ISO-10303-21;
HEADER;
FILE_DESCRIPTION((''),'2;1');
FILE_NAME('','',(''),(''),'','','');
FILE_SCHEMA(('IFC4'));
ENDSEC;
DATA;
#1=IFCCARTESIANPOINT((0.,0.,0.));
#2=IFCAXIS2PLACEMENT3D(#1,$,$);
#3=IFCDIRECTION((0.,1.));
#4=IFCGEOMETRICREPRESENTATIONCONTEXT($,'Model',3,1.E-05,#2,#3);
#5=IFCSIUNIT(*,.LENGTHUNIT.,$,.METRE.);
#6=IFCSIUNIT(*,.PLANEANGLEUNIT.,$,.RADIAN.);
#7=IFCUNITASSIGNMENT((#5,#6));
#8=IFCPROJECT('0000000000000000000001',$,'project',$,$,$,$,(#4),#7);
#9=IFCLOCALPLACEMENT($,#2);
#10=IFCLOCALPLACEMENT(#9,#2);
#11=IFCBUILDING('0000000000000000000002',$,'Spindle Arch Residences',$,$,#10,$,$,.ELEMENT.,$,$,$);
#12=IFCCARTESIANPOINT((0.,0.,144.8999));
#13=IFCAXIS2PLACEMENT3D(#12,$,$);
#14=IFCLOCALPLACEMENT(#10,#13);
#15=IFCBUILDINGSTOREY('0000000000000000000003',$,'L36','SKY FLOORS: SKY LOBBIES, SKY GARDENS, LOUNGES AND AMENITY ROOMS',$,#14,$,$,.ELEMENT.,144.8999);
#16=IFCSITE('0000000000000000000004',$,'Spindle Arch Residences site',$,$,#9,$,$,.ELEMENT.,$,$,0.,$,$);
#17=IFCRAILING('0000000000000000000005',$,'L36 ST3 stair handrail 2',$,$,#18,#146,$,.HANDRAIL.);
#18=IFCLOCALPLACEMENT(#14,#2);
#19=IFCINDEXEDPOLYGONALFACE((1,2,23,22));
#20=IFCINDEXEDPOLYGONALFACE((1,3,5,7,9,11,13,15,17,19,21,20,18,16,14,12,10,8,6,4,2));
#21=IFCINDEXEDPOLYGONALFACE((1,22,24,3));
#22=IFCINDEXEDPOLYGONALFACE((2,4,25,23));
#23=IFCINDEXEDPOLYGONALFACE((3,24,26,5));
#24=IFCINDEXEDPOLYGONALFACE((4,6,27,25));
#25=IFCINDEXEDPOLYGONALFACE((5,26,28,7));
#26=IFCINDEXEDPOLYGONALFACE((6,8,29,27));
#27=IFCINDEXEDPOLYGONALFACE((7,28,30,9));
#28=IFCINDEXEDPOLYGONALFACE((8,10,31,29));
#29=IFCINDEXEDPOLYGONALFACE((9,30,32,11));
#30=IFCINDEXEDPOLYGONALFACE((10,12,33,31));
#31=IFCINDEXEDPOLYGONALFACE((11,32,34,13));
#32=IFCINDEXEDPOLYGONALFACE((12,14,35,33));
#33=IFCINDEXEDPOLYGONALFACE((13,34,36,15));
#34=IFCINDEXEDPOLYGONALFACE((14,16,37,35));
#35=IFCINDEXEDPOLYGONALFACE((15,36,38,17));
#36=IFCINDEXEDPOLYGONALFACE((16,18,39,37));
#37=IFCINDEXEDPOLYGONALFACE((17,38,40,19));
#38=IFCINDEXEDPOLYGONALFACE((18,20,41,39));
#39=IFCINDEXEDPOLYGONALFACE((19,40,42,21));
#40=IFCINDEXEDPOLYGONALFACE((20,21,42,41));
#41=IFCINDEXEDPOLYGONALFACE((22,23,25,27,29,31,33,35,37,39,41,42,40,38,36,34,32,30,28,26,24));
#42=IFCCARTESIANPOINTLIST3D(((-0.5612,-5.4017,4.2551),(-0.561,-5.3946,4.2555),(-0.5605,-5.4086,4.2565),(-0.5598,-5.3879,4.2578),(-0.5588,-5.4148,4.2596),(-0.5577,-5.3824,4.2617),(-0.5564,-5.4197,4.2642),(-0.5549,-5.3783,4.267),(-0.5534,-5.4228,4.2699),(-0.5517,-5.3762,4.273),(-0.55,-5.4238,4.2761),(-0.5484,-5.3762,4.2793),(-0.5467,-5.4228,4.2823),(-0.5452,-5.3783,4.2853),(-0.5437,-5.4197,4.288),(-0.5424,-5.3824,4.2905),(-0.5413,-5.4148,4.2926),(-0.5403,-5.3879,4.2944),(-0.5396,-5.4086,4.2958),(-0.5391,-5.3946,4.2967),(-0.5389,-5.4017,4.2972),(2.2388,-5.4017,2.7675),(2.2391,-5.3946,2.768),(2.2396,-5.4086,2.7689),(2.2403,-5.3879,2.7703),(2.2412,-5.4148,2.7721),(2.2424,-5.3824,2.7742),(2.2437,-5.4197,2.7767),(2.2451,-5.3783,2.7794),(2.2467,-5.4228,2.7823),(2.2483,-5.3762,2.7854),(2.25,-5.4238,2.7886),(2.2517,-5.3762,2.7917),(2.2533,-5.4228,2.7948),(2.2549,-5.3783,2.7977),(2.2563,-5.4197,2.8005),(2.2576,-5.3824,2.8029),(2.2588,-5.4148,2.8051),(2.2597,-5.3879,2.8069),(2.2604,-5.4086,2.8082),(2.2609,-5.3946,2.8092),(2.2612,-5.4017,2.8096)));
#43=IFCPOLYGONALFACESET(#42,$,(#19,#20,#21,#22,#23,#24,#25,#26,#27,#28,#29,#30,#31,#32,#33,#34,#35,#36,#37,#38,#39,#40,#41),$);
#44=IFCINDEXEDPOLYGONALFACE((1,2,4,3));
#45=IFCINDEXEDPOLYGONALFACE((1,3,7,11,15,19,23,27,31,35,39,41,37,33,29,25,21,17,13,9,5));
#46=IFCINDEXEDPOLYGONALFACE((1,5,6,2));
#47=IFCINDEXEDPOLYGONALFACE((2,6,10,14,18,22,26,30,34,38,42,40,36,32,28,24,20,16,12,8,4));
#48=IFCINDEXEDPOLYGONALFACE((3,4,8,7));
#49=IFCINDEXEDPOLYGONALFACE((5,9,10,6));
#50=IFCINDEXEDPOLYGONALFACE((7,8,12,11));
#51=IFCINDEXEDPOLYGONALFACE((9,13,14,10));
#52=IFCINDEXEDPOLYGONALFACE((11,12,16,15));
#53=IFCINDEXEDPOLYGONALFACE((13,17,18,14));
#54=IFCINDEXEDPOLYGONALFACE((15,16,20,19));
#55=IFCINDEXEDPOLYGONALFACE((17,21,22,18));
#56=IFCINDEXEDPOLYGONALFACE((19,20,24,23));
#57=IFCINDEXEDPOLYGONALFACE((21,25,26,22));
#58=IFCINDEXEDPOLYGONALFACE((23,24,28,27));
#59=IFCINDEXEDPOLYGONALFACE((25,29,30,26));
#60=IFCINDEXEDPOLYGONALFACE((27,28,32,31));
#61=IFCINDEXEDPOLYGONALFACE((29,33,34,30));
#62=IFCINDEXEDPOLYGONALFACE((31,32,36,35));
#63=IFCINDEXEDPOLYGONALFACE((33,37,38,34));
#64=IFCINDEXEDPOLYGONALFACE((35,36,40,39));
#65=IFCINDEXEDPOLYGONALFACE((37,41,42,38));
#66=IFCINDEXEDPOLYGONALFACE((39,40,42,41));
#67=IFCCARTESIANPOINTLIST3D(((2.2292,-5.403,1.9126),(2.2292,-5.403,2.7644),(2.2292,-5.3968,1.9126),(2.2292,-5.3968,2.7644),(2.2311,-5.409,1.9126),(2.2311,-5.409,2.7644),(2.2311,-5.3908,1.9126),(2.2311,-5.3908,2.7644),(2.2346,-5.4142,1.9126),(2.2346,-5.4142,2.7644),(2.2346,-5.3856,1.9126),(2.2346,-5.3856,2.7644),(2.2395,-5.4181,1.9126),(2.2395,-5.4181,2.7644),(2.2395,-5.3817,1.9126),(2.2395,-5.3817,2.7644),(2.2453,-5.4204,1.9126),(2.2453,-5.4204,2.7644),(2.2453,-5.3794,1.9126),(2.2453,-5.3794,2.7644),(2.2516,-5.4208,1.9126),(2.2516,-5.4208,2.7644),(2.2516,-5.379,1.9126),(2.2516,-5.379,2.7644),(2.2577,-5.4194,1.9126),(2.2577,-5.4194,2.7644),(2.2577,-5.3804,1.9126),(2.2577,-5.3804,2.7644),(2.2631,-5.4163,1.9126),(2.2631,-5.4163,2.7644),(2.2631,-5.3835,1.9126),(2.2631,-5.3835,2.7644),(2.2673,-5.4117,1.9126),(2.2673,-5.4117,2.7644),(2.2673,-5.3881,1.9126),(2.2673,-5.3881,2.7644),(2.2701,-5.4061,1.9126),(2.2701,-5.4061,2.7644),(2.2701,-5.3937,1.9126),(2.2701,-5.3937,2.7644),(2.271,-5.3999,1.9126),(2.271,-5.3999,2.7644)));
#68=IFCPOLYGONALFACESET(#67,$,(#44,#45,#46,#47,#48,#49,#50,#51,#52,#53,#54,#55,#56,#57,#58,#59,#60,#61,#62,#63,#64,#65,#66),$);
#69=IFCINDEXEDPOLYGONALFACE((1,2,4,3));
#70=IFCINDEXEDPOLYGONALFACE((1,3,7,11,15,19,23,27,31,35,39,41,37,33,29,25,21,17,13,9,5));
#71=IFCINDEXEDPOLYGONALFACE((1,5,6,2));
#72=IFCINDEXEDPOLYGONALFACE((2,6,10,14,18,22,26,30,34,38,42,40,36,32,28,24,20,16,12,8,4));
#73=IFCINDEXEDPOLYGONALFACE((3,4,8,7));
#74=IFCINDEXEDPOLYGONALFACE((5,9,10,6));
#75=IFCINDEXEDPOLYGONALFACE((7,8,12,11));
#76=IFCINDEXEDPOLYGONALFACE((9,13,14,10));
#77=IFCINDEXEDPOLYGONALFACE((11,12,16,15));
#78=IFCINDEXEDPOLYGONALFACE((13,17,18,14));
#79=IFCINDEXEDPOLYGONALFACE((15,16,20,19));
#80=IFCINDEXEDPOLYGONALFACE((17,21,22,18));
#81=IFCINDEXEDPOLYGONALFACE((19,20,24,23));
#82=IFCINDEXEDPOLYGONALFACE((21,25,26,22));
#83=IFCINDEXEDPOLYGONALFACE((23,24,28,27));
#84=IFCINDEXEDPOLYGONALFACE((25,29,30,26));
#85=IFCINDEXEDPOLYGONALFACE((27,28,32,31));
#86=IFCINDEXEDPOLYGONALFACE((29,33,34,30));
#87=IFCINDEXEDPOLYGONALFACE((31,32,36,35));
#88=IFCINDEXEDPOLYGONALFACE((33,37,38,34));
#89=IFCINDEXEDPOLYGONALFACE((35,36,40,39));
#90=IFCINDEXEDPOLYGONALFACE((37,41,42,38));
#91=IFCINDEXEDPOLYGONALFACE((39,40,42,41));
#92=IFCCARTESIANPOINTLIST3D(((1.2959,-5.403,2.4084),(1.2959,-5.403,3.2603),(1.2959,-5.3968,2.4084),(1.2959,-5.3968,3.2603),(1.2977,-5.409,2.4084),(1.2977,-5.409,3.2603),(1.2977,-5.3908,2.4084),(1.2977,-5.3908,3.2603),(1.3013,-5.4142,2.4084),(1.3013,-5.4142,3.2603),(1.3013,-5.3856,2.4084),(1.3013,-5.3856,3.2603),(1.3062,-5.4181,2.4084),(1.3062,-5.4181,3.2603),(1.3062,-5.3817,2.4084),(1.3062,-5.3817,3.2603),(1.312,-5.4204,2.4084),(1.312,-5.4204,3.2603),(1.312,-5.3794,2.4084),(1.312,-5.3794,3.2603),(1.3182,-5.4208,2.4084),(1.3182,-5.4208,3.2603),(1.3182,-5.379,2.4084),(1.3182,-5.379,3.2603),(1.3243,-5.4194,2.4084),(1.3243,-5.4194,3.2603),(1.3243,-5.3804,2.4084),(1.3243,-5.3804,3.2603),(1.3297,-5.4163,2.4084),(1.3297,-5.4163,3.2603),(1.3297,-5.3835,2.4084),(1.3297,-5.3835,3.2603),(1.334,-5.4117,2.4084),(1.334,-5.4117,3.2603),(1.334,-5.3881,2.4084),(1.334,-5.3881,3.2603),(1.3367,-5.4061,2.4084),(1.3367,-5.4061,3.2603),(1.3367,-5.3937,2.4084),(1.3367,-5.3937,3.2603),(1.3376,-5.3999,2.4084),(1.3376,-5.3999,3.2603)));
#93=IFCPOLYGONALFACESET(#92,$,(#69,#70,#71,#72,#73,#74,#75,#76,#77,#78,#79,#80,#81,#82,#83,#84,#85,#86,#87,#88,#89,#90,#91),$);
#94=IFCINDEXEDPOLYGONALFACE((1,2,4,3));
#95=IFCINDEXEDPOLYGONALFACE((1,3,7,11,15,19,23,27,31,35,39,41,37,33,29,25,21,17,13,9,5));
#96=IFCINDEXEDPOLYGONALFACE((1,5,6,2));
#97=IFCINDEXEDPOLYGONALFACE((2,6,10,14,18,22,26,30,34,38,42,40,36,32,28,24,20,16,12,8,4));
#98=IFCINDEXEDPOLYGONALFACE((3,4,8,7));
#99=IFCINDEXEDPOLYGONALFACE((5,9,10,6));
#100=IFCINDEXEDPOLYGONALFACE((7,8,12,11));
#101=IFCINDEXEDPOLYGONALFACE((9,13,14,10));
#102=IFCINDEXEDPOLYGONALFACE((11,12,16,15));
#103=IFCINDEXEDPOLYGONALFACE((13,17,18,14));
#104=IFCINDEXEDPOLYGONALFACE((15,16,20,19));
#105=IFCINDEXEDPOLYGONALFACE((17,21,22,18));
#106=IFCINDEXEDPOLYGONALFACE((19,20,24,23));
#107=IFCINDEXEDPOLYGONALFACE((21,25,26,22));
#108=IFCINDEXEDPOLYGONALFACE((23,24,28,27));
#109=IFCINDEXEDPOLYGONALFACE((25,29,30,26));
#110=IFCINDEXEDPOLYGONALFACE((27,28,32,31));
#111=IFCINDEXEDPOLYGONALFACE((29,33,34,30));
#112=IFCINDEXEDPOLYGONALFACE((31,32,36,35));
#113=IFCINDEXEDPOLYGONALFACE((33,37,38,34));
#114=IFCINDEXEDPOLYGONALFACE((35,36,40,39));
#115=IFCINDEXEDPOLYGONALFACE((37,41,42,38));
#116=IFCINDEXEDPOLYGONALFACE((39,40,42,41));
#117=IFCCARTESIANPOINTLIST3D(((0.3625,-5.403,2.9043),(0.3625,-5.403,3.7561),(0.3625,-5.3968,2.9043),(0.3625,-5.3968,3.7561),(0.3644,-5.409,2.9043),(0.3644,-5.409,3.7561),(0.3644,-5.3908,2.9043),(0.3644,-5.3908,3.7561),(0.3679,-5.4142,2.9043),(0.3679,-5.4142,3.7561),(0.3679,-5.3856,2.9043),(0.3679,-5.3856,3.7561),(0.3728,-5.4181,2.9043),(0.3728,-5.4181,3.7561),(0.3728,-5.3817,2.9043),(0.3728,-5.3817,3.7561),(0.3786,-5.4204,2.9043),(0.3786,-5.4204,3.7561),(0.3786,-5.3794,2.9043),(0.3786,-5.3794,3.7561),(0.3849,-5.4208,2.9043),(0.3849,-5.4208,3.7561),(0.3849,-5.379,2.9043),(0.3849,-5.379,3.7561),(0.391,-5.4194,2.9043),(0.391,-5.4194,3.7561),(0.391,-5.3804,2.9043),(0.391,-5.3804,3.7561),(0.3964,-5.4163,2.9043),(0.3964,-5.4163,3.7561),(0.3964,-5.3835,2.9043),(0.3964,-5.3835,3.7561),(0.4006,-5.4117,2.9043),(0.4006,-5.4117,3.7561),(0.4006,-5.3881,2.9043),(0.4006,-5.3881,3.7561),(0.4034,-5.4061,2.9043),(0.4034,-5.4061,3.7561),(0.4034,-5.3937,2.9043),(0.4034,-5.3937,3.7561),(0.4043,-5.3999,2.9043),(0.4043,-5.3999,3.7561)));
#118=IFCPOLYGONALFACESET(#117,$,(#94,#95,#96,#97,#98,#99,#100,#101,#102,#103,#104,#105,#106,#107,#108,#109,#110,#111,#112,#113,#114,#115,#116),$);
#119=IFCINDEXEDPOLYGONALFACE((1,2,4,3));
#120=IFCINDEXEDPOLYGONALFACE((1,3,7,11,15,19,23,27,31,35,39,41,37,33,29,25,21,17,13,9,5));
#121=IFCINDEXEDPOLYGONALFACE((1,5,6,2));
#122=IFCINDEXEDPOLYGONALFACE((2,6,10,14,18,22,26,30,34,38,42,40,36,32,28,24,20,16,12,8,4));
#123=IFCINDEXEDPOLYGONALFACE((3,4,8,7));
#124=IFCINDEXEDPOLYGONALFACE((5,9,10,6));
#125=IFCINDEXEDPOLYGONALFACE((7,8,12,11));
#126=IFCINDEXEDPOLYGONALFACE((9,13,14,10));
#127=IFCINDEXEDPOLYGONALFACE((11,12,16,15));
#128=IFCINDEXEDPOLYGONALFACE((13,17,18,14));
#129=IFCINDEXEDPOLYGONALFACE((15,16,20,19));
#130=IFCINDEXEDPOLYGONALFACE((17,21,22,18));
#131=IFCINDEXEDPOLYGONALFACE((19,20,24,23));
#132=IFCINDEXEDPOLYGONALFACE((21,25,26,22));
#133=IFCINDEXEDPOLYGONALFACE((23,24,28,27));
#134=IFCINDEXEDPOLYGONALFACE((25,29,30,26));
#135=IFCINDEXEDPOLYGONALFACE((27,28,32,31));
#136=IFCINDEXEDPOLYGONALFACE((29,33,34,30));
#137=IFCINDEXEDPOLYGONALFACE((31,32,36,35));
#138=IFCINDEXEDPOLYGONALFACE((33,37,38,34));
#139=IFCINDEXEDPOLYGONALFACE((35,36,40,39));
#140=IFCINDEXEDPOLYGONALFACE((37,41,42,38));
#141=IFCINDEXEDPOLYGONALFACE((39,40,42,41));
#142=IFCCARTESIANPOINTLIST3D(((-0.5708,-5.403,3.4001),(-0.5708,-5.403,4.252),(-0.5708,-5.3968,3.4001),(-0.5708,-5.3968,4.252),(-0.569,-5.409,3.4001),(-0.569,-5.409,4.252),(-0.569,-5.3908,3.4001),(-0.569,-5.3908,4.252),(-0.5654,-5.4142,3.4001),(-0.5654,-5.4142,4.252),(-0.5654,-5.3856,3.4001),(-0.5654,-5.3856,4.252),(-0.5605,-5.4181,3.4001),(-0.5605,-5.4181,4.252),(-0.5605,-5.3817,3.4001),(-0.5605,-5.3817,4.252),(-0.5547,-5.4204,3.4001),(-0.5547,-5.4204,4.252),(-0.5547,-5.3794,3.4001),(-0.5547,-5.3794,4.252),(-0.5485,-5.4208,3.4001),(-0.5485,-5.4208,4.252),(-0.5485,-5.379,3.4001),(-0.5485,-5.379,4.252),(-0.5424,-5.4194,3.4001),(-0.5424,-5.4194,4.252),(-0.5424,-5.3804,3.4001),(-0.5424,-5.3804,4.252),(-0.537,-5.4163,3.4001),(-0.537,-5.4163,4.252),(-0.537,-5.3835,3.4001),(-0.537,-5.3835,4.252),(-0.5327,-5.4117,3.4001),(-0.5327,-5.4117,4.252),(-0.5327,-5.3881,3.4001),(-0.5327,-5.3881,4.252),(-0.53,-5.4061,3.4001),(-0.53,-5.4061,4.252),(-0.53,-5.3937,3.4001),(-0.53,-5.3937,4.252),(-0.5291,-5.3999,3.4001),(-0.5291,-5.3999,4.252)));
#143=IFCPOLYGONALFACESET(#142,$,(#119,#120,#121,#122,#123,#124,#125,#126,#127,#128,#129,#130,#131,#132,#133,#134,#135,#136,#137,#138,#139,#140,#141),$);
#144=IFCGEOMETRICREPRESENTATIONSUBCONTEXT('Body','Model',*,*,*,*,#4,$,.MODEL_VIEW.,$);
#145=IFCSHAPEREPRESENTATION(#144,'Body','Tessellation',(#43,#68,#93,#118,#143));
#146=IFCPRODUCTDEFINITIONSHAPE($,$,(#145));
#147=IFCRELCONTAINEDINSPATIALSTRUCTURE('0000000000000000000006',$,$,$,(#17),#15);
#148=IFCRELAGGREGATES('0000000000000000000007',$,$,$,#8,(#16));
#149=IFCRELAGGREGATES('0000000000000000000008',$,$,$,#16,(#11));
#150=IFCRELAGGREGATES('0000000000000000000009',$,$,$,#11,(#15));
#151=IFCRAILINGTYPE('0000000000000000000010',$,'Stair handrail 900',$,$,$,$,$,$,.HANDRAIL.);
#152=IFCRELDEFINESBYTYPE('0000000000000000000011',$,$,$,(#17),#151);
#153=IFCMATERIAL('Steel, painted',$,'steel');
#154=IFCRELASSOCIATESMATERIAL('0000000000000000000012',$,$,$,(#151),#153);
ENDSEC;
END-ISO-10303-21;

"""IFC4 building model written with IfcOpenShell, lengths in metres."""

from ifc_helpers import new_model, si_unit, direction, frame, origin, origin_2d, place, context, subcontext, project, spatial, circle, extrude, material, type_object, element, save


model = new_model("IFC4")

# Units and contexts
model_context = context("Model", 3, precision=1e-05, world=origin(), true_north=direction((0.0, 1.0)))
body_context = subcontext(model_context, "Body", "Model", "MODEL_VIEW")
ifc_project = project(units=[si_unit("LENGTHUNIT", "METRE"), si_unit("PLANEANGLEUNIT", "RADIAN")], contexts=[model_context])

# Site, building, storey
site_placement = place(None, origin())
site = spatial("IfcSite", under=ifc_project, at=site_placement, Name="Spindle Arch Residences site", CompositionType="ELEMENT", RefElevation=0.0)
building_placement = place(site_placement, origin())
building = spatial("IfcBuilding", under=site, at=building_placement, Name="Spindle Arch Residences", CompositionType="ELEMENT")
storey_placement = place(building_placement, frame((0.0, 0.0, 144.8999)))
storey = spatial("IfcBuildingStorey", under=building, at=storey_placement, Name="L36", Description="SKY FLOORS: SKY LOBBIES, SKY GARDENS, LOUNGES AND AMENITY ROOMS", CompositionType="ELEMENT", Elevation=144.8999)

# Railing
ifc_material_1 = material(Name="Steel, painted", Category="steel")
railing_type = type_object("IfcRailingType", Name="Stair handrail 900", PredefinedType="HANDRAIL", material=ifc_material_1)
for number, where, name in (
    (1, (2.25, -5.3999, 1.9126), "L36 ST3 stair handrail 2"),
):
    element("IfcRailing", number, at=place(storey_placement, frame(where)), inside=storey, type_object=railing_type, Name=name, PredefinedType="HANDRAIL", context=body_context, shape_type="SweptSolid", body=[
        extrude(circle(Radius=0.0239, at=origin_2d()), frame((0.0, 0.0, 0.876), z_axis=(-0.883113, 0.0, 0.469161), x_axis=(0.0, -1.0, 0.0)), (0.0, 0.0, 1.0), 3.1707),
        extrude(circle(Radius=0.021, at=origin_2d()), origin(), (0.0, 0.0, 1.0), 0.8518),
        extrude(circle(Radius=0.021, at=origin_2d()), frame((-0.9333, 0.0, 0.4958)), (0.0, 0.0, 1.0), 0.8518),
        extrude(circle(Radius=0.021, at=origin_2d()), frame((-1.8667, 0.0, 0.9917)), (0.0, 0.0, 1.0), 0.8518),
        extrude(circle(Radius=0.021, at=origin_2d()), frame((-2.8, 0.0, 1.4875)), (0.0, 0.0, 1.0), 0.8518),
    ])

save(model, "model.ifc")
